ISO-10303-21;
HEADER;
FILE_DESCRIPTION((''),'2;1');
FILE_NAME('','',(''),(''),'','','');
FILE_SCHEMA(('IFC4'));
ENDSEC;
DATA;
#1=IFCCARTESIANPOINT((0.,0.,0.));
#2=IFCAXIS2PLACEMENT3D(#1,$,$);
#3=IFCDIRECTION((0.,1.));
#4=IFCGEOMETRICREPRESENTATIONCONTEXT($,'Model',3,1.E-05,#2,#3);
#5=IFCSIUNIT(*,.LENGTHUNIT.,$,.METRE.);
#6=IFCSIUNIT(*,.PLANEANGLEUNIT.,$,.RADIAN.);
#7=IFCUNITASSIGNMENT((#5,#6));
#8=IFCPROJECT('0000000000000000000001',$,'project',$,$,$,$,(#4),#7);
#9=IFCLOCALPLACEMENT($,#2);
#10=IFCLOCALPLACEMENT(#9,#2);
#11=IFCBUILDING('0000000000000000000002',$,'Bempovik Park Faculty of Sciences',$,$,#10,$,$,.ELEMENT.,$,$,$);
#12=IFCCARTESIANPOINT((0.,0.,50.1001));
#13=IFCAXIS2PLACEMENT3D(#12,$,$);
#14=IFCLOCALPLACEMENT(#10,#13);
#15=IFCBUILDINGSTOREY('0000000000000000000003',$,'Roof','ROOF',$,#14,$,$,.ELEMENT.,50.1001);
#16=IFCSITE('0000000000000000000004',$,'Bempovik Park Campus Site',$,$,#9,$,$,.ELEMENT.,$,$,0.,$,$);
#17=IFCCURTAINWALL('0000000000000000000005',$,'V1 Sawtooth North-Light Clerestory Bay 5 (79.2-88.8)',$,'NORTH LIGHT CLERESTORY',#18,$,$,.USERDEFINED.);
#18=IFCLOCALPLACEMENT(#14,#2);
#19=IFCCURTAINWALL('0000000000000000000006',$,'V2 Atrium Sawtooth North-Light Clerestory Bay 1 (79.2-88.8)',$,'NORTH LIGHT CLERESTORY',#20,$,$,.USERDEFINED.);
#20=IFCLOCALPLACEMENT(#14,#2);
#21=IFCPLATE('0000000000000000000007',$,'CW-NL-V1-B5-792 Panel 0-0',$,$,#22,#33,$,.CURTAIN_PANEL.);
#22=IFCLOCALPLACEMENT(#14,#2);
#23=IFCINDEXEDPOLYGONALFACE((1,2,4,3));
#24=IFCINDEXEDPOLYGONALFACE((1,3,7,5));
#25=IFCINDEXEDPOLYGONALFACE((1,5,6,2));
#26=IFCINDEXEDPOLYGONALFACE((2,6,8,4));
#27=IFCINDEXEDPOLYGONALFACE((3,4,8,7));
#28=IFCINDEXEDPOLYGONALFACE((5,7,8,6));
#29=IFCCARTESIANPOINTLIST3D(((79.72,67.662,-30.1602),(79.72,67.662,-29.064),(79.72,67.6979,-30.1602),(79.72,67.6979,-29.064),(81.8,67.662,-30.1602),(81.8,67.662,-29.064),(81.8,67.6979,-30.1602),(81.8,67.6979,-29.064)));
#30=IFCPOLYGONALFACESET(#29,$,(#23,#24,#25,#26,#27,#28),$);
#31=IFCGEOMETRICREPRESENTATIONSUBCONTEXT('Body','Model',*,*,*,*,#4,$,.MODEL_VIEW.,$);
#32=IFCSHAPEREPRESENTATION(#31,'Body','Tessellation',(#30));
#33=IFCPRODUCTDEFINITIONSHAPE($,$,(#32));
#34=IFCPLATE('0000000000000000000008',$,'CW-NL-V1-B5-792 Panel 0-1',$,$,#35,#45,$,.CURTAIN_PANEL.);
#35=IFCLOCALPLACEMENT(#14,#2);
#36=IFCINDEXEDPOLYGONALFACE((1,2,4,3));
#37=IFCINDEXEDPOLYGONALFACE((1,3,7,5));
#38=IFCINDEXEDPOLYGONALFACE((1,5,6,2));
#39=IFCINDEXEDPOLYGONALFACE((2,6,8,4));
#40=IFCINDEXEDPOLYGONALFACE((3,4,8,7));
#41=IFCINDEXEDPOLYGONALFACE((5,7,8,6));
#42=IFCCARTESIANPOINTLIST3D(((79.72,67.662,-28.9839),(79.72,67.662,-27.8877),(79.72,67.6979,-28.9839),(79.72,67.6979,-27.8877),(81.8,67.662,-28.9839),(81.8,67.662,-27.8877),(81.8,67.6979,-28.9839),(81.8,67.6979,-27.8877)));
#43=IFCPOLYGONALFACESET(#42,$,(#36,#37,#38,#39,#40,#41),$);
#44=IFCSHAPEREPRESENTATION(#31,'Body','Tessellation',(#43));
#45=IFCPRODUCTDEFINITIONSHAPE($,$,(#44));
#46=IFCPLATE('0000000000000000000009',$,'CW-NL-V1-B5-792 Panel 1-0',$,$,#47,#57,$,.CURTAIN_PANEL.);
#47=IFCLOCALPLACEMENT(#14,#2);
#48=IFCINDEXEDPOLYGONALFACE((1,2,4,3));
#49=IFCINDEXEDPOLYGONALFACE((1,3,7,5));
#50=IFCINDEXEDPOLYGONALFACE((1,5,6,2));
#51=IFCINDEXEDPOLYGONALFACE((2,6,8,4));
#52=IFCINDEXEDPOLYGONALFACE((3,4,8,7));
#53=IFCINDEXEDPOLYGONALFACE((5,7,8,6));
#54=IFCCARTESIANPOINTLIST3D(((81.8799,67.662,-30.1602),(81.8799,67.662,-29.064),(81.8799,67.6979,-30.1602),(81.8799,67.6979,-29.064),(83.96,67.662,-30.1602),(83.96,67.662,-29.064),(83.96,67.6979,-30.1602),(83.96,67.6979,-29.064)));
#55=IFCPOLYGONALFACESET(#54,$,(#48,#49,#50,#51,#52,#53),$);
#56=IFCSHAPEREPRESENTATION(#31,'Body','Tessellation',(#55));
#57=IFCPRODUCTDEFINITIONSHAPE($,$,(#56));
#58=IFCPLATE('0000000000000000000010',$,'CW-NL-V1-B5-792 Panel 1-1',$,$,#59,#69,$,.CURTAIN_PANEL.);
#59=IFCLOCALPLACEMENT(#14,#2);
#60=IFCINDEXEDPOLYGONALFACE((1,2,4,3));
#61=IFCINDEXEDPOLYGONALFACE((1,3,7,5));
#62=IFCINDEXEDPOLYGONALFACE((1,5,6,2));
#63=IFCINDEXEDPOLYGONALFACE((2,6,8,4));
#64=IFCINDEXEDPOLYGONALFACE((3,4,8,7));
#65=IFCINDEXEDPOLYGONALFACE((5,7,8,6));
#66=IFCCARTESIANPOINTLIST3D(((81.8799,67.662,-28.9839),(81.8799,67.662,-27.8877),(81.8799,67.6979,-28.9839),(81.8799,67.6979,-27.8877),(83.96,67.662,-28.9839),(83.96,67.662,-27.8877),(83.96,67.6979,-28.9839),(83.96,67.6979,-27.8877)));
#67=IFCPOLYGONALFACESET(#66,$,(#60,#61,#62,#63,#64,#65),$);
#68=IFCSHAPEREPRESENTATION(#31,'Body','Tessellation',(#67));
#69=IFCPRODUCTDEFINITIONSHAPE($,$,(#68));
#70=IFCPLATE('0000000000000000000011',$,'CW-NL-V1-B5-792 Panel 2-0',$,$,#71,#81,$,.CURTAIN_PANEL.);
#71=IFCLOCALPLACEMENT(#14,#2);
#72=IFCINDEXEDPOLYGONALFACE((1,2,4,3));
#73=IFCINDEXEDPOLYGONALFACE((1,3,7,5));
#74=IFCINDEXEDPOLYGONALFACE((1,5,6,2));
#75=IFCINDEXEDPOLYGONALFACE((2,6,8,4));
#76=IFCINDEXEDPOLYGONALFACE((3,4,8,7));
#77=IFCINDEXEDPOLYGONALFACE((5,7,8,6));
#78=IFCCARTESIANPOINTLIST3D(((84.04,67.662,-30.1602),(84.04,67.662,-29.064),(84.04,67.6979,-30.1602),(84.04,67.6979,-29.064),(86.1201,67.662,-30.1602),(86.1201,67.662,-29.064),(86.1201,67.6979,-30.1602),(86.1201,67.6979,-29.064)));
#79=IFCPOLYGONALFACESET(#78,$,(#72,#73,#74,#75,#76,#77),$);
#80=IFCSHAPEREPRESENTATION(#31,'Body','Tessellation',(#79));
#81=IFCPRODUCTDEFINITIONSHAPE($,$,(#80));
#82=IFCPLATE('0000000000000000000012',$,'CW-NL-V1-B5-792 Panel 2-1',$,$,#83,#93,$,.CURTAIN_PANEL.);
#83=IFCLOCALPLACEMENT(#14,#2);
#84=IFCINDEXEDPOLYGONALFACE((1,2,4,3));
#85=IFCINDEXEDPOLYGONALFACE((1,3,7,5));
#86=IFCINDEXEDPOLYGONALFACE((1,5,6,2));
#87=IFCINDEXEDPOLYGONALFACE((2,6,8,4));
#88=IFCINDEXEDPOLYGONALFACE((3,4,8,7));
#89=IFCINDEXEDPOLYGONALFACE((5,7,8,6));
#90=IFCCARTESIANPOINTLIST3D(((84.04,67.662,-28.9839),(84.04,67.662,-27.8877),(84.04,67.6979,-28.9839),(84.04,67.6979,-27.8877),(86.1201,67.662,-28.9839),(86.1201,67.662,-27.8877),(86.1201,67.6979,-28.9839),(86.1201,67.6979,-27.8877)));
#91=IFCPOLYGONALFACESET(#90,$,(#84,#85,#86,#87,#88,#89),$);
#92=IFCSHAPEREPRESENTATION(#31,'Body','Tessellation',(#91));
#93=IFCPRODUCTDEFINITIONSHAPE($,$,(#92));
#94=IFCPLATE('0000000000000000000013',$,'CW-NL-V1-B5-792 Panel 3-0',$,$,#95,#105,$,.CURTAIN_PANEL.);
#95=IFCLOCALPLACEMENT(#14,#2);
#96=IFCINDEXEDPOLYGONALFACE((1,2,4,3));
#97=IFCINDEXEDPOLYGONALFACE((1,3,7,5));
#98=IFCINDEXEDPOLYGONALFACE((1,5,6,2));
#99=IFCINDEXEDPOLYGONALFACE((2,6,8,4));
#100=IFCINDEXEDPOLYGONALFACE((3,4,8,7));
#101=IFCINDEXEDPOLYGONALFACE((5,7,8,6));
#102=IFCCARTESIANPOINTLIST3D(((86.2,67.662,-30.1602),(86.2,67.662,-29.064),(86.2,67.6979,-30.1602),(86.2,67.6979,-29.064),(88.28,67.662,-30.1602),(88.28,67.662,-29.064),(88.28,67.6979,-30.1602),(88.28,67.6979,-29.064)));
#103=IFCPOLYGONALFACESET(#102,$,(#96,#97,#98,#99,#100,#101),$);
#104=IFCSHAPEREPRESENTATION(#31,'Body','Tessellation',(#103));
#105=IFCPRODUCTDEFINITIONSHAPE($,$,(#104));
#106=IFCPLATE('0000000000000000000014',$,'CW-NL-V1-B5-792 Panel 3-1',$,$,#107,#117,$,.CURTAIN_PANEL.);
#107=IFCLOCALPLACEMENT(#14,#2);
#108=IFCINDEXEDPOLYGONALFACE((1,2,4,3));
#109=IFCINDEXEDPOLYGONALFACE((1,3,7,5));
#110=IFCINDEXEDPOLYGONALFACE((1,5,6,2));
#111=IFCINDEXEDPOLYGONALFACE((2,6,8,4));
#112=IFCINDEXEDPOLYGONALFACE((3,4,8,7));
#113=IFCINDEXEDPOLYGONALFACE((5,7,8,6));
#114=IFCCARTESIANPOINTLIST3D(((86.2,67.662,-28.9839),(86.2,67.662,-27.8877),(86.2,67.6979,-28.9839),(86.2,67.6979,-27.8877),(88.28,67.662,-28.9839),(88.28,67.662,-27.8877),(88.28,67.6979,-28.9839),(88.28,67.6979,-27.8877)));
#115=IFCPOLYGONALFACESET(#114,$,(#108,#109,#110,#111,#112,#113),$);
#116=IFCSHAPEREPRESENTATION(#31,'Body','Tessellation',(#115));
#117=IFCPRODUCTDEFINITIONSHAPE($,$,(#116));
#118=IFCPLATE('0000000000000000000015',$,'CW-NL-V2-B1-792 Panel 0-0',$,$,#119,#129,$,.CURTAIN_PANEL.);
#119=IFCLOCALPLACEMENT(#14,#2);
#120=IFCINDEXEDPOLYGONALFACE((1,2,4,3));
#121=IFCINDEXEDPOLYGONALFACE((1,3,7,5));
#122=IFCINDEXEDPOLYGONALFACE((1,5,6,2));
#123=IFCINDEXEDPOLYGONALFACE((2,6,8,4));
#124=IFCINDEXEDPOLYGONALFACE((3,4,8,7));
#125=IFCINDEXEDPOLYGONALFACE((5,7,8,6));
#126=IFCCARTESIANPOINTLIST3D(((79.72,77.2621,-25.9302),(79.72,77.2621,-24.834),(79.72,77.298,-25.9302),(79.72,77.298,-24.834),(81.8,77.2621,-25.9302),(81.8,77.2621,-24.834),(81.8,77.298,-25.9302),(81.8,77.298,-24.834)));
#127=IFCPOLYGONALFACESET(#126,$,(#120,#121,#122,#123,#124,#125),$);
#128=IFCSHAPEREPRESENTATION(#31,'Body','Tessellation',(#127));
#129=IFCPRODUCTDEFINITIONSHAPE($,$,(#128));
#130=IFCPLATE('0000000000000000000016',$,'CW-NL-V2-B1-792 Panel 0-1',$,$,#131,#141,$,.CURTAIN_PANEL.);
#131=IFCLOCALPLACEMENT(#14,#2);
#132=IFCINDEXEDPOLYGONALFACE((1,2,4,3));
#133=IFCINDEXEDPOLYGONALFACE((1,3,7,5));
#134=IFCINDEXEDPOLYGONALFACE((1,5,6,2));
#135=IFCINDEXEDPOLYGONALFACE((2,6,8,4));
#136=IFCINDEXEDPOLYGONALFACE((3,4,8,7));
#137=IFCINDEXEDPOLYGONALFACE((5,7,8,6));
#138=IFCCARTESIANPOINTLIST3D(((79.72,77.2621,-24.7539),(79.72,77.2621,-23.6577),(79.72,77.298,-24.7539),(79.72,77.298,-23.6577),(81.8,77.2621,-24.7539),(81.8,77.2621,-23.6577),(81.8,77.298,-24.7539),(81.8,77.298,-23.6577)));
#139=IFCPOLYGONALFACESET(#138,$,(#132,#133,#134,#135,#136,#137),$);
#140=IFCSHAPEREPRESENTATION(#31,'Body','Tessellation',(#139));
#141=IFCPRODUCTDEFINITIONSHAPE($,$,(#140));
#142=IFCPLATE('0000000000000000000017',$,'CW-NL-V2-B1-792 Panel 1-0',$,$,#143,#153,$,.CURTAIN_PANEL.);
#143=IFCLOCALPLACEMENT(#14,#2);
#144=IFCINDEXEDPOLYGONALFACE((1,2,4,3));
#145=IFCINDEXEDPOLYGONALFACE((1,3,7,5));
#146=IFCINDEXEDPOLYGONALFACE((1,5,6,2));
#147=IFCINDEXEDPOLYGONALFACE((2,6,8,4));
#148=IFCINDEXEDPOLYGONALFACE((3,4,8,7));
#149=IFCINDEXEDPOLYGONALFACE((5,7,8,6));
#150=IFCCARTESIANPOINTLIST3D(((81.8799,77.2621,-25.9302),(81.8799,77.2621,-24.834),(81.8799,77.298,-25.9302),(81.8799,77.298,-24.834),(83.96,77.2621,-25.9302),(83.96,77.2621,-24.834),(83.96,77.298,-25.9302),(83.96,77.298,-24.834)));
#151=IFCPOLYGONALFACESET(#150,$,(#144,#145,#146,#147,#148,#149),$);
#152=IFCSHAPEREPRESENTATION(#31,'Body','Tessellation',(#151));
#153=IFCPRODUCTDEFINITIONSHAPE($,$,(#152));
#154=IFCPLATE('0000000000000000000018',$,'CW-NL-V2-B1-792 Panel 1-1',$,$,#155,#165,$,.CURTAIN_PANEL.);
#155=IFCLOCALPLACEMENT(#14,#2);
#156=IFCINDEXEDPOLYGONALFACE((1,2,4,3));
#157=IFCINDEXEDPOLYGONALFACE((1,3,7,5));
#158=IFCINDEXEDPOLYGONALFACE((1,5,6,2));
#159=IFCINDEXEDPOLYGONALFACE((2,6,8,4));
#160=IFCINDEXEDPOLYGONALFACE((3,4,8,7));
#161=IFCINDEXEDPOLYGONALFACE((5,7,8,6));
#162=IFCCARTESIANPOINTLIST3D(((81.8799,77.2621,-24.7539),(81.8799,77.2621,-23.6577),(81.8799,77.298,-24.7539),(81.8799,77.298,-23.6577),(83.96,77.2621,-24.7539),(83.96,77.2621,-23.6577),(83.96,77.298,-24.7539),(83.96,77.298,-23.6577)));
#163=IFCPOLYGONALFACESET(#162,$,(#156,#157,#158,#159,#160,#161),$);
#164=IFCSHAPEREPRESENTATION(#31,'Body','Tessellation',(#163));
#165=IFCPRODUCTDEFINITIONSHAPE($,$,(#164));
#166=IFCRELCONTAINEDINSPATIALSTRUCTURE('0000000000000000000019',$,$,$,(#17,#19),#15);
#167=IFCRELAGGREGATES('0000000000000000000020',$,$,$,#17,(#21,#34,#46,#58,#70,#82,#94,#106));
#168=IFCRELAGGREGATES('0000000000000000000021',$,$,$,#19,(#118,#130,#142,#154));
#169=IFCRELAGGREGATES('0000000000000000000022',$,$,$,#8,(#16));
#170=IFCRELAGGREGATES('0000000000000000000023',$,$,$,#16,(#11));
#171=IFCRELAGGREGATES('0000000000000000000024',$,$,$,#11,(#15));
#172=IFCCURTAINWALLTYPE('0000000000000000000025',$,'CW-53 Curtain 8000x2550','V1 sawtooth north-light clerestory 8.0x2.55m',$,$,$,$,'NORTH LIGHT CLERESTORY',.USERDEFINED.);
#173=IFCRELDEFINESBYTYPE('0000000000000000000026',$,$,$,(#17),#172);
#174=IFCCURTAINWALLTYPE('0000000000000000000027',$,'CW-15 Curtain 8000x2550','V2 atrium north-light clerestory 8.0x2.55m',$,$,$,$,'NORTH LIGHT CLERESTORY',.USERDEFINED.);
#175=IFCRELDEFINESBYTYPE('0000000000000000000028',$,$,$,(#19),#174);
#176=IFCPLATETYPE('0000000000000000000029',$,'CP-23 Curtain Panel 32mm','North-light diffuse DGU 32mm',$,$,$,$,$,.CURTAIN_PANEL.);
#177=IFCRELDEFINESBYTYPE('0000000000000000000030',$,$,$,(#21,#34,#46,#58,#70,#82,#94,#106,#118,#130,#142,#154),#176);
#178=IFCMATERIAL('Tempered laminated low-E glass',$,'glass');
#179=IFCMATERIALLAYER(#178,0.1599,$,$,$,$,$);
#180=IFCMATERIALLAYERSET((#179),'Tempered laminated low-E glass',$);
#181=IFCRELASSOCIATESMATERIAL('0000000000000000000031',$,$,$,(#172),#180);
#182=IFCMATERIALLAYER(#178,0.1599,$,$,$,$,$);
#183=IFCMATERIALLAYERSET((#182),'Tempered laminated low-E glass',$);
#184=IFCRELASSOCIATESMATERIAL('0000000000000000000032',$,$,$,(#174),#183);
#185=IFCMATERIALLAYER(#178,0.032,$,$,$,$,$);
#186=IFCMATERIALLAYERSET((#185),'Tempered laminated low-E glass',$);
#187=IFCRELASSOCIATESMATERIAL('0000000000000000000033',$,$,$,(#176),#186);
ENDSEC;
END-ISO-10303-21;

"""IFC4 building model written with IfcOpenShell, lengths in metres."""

from ifc_helpers import new_model, si_unit, direction, frame, origin, origin_2d, place, context, subcontext, project, spatial, rectangle, extrude, material, layer, layer_set, type_object, element, aggregate, save


model = new_model("IFC4")

# Units and contexts
model_context = context("Model", 3, precision=1e-05, world=origin(), true_north=direction((0.0, 1.0)))
body_context = subcontext(model_context, "Body", "Model", "MODEL_VIEW")
ifc_project = project(units=[si_unit("LENGTHUNIT", "METRE"), si_unit("PLANEANGLEUNIT", "RADIAN")], contexts=[model_context])

# Site, building, storey
site_placement = place(None, origin())
site = spatial("IfcSite", under=ifc_project, at=site_placement, Name="Bempovik Park Campus Site", CompositionType="ELEMENT", RefElevation=0.0)
building_placement = place(site_placement, origin())
building = spatial("IfcBuilding", under=site, at=building_placement, Name="Bempovik Park Faculty of Sciences", CompositionType="ELEMENT")
storey_placement = place(building_placement, frame((0.0, 0.0, 50.1001)))
storey = spatial("IfcBuildingStorey", under=building, at=storey_placement, Name="Roof", Description="ROOF", CompositionType="ELEMENT", Elevation=50.1001)

# Shared definitions
ifc_material_1 = material(Name="Tempered laminated low-E glass", Category="glass")
ifc_layer_1 = layer(ifc_material_1, 0.1599)
ifc_layer_set_1 = layer_set([ifc_layer_1], Name="Tempered laminated low-E glass")
curtain_wall_type_1 = type_object("IfcCurtainWallType", Name="CW-53 Curtain 8000x2550", Description="V1 sawtooth north-light clerestory 8.0x2.55m", ElementType="NORTH LIGHT CLERESTORY", PredefinedType="USERDEFINED", material=ifc_layer_set_1)

# Curtain wall
curtain_wall_1_placement = place(storey_placement, origin())
curtain_wall_1 = element("IfcCurtainWall", 1, at=curtain_wall_1_placement, inside=storey, type_object=curtain_wall_type_1, Name="V1 Sawtooth North-Light Clerestory Bay 5 (79.2-88.8)", ObjectType="NORTH LIGHT CLERESTORY", PredefinedType="USERDEFINED")

# Shared definitions
ifc_layer_2 = layer(ifc_material_1, 0.1599)
ifc_layer_set_2 = layer_set([ifc_layer_2], Name="Tempered laminated low-E glass")
curtain_wall_type_2 = type_object("IfcCurtainWallType", Name="CW-15 Curtain 8000x2550", Description="V2 atrium north-light clerestory 8.0x2.55m", ElementType="NORTH LIGHT CLERESTORY", PredefinedType="USERDEFINED", material=ifc_layer_set_2)

# Curtain wall
curtain_wall_2_placement = place(storey_placement, origin())
curtain_wall_2 = element("IfcCurtainWall", 2, at=curtain_wall_2_placement, inside=storey, type_object=curtain_wall_type_2, Name="V2 Atrium Sawtooth North-Light Clerestory Bay 1 (79.2-88.8)", ObjectType="NORTH LIGHT CLERESTORY", PredefinedType="USERDEFINED")

# Plates
ifc_layer_3 = layer(ifc_material_1, 0.032)
ifc_layer_set_3 = layer_set([ifc_layer_3], Name="Tempered laminated low-E glass")
plate_type = type_object("IfcPlateType", Name="CP-23 Curtain Panel 32mm", Description="North-light diffuse DGU 32mm", PredefinedType="CURTAIN_PANEL", material=ifc_layer_set_3)
plate_1_placement = place(storey_placement, frame((80.76, 67.6799, -30.1602), z_axis=(0.0, 0.0, 1.0), x_axis=(1.0, 0.0, 0.0)))
plate_1 = element("IfcPlate", 3, at=plate_1_placement, type_object=plate_type, Name="CW-NL-V1-B5-792 Panel 0-0", PredefinedType="CURTAIN_PANEL", context=body_context, shape_type="SweptSolid", body=[
    extrude(rectangle(XDim=2.0801, YDim=0.0359, at=origin_2d()), origin(), (0.0, 0.0, 1.0), 1.0962),
])
plate_2_placement = place(storey_placement, frame((80.76, 67.6799, -28.9839), z_axis=(0.0, 0.0, 1.0), x_axis=(1.0, 0.0, 0.0)))
plate_2 = element("IfcPlate", 4, at=plate_2_placement, type_object=plate_type, Name="CW-NL-V1-B5-792 Panel 0-1", PredefinedType="CURTAIN_PANEL", context=body_context, shape_type="SweptSolid", body=[
    extrude(rectangle(XDim=2.0801, YDim=0.0359, at=origin_2d()), origin(), (0.0, 0.0, 1.0), 1.0962),
])
plate_3_placement = place(storey_placement, frame((82.9199, 67.6799, -30.1602), z_axis=(0.0, 0.0, 1.0), x_axis=(1.0, 0.0, 0.0)))
plate_3 = element("IfcPlate", 5, at=plate_3_placement, type_object=plate_type, Name="CW-NL-V1-B5-792 Panel 1-0", PredefinedType="CURTAIN_PANEL", context=body_context, shape_type="SweptSolid", body=[
    extrude(rectangle(XDim=2.0801, YDim=0.0359, at=origin_2d()), origin(), (0.0, 0.0, 1.0), 1.0962),
])
plate_4_placement = place(storey_placement, frame((82.9199, 67.6799, -28.9839), z_axis=(0.0, 0.0, 1.0), x_axis=(1.0, 0.0, 0.0)))
plate_4 = element("IfcPlate", 6, at=plate_4_placement, type_object=plate_type, Name="CW-NL-V1-B5-792 Panel 1-1", PredefinedType="CURTAIN_PANEL", context=body_context, shape_type="SweptSolid", body=[
    extrude(rectangle(XDim=2.0801, YDim=0.0359, at=origin_2d()), origin(), (0.0, 0.0, 1.0), 1.0962),
])
plate_5_placement = place(storey_placement, frame((85.0801, 67.6799, -30.1602), z_axis=(0.0, 0.0, 1.0), x_axis=(1.0, 0.0, 0.0)))
plate_5 = element("IfcPlate", 7, at=plate_5_placement, type_object=plate_type, Name="CW-NL-V1-B5-792 Panel 2-0", PredefinedType="CURTAIN_PANEL", context=body_context, shape_type="SweptSolid", body=[
    extrude(rectangle(XDim=2.0801, YDim=0.0359, at=origin_2d()), origin(), (0.0, 0.0, 1.0), 1.0962),
])
plate_6_placement = place(storey_placement, frame((85.0801, 67.6799, -28.9839), z_axis=(0.0, 0.0, 1.0), x_axis=(1.0, 0.0, 0.0)))
plate_6 = element("IfcPlate", 8, at=plate_6_placement, type_object=plate_type, Name="CW-NL-V1-B5-792 Panel 2-1", PredefinedType="CURTAIN_PANEL", context=body_context, shape_type="SweptSolid", body=[
    extrude(rectangle(XDim=2.0801, YDim=0.0359, at=origin_2d()), origin(), (0.0, 0.0, 1.0), 1.0962),
])
plate_7_placement = place(storey_placement, frame((87.24, 67.6799, -30.1602), z_axis=(0.0, 0.0, 1.0), x_axis=(1.0, 0.0, 0.0)))
plate_7 = element("IfcPlate", 9, at=plate_7_placement, type_object=plate_type, Name="CW-NL-V1-B5-792 Panel 3-0", PredefinedType="CURTAIN_PANEL", context=body_context, shape_type="SweptSolid", body=[
    extrude(rectangle(XDim=2.0801, YDim=0.0359, at=origin_2d()), origin(), (0.0, 0.0, 1.0), 1.0962),
])
plate_8_placement = place(storey_placement, frame((87.24, 67.6799, -28.9839), z_axis=(0.0, 0.0, 1.0), x_axis=(1.0, 0.0, 0.0)))
plate_8 = element("IfcPlate", 10, at=plate_8_placement, type_object=plate_type, Name="CW-NL-V1-B5-792 Panel 3-1", PredefinedType="CURTAIN_PANEL", context=body_context, shape_type="SweptSolid", body=[
    extrude(rectangle(XDim=2.0801, YDim=0.0359, at=origin_2d()), origin(), (0.0, 0.0, 1.0), 1.0962),
])
aggregate(curtain_wall_1, [plate_1, plate_2, plate_3, plate_4, plate_5, plate_6, plate_7, plate_8])
plate_9_placement = place(storey_placement, frame((80.76, 77.28, -25.9302), z_axis=(0.0, 0.0, 1.0), x_axis=(1.0, 0.0, 0.0)))
plate_9 = element("IfcPlate", 11, at=plate_9_placement, type_object=plate_type, Name="CW-NL-V2-B1-792 Panel 0-0", PredefinedType="CURTAIN_PANEL", context=body_context, shape_type="SweptSolid", body=[
    extrude(rectangle(XDim=2.0801, YDim=0.0359, at=origin_2d()), origin(), (0.0, 0.0, 1.0), 1.0962),
])
plate_10_placement = place(storey_placement, frame((80.76, 77.28, -24.7539), z_axis=(0.0, 0.0, 1.0), x_axis=(1.0, 0.0, 0.0)))
plate_10 = element("IfcPlate", 12, at=plate_10_placement, type_object=plate_type, Name="CW-NL-V2-B1-792 Panel 0-1", PredefinedType="CURTAIN_PANEL", context=body_context, shape_type="SweptSolid", body=[
    extrude(rectangle(XDim=2.0801, YDim=0.0359, at=origin_2d()), origin(), (0.0, 0.0, 1.0), 1.0962),
])
plate_11_placement = place(storey_placement, frame((82.9199, 77.28, -25.9302), z_axis=(0.0, 0.0, 1.0), x_axis=(1.0, 0.0, 0.0)))
plate_11 = element("IfcPlate", 13, at=plate_11_placement, type_object=plate_type, Name="CW-NL-V2-B1-792 Panel 1-0", PredefinedType="CURTAIN_PANEL", context=body_context, shape_type="SweptSolid", body=[
    extrude(rectangle(XDim=2.0801, YDim=0.0359, at=origin_2d()), origin(), (0.0, 0.0, 1.0), 1.0962),
])
plate_12_placement = place(storey_placement, frame((82.9199, 77.28, -24.7539), z_axis=(0.0, 0.0, 1.0), x_axis=(1.0, 0.0, 0.0)))
plate_12 = element("IfcPlate", 14, at=plate_12_placement, type_object=plate_type, Name="CW-NL-V2-B1-792 Panel 1-1", PredefinedType="CURTAIN_PANEL", context=body_context, shape_type="SweptSolid", body=[
    extrude(rectangle(XDim=2.0801, YDim=0.0359, at=origin_2d()), origin(), (0.0, 0.0, 1.0), 1.0962),
])
aggregate(curtain_wall_2, [plate_9, plate_10, plate_11, plate_12])

save(model, "model.ifc")
